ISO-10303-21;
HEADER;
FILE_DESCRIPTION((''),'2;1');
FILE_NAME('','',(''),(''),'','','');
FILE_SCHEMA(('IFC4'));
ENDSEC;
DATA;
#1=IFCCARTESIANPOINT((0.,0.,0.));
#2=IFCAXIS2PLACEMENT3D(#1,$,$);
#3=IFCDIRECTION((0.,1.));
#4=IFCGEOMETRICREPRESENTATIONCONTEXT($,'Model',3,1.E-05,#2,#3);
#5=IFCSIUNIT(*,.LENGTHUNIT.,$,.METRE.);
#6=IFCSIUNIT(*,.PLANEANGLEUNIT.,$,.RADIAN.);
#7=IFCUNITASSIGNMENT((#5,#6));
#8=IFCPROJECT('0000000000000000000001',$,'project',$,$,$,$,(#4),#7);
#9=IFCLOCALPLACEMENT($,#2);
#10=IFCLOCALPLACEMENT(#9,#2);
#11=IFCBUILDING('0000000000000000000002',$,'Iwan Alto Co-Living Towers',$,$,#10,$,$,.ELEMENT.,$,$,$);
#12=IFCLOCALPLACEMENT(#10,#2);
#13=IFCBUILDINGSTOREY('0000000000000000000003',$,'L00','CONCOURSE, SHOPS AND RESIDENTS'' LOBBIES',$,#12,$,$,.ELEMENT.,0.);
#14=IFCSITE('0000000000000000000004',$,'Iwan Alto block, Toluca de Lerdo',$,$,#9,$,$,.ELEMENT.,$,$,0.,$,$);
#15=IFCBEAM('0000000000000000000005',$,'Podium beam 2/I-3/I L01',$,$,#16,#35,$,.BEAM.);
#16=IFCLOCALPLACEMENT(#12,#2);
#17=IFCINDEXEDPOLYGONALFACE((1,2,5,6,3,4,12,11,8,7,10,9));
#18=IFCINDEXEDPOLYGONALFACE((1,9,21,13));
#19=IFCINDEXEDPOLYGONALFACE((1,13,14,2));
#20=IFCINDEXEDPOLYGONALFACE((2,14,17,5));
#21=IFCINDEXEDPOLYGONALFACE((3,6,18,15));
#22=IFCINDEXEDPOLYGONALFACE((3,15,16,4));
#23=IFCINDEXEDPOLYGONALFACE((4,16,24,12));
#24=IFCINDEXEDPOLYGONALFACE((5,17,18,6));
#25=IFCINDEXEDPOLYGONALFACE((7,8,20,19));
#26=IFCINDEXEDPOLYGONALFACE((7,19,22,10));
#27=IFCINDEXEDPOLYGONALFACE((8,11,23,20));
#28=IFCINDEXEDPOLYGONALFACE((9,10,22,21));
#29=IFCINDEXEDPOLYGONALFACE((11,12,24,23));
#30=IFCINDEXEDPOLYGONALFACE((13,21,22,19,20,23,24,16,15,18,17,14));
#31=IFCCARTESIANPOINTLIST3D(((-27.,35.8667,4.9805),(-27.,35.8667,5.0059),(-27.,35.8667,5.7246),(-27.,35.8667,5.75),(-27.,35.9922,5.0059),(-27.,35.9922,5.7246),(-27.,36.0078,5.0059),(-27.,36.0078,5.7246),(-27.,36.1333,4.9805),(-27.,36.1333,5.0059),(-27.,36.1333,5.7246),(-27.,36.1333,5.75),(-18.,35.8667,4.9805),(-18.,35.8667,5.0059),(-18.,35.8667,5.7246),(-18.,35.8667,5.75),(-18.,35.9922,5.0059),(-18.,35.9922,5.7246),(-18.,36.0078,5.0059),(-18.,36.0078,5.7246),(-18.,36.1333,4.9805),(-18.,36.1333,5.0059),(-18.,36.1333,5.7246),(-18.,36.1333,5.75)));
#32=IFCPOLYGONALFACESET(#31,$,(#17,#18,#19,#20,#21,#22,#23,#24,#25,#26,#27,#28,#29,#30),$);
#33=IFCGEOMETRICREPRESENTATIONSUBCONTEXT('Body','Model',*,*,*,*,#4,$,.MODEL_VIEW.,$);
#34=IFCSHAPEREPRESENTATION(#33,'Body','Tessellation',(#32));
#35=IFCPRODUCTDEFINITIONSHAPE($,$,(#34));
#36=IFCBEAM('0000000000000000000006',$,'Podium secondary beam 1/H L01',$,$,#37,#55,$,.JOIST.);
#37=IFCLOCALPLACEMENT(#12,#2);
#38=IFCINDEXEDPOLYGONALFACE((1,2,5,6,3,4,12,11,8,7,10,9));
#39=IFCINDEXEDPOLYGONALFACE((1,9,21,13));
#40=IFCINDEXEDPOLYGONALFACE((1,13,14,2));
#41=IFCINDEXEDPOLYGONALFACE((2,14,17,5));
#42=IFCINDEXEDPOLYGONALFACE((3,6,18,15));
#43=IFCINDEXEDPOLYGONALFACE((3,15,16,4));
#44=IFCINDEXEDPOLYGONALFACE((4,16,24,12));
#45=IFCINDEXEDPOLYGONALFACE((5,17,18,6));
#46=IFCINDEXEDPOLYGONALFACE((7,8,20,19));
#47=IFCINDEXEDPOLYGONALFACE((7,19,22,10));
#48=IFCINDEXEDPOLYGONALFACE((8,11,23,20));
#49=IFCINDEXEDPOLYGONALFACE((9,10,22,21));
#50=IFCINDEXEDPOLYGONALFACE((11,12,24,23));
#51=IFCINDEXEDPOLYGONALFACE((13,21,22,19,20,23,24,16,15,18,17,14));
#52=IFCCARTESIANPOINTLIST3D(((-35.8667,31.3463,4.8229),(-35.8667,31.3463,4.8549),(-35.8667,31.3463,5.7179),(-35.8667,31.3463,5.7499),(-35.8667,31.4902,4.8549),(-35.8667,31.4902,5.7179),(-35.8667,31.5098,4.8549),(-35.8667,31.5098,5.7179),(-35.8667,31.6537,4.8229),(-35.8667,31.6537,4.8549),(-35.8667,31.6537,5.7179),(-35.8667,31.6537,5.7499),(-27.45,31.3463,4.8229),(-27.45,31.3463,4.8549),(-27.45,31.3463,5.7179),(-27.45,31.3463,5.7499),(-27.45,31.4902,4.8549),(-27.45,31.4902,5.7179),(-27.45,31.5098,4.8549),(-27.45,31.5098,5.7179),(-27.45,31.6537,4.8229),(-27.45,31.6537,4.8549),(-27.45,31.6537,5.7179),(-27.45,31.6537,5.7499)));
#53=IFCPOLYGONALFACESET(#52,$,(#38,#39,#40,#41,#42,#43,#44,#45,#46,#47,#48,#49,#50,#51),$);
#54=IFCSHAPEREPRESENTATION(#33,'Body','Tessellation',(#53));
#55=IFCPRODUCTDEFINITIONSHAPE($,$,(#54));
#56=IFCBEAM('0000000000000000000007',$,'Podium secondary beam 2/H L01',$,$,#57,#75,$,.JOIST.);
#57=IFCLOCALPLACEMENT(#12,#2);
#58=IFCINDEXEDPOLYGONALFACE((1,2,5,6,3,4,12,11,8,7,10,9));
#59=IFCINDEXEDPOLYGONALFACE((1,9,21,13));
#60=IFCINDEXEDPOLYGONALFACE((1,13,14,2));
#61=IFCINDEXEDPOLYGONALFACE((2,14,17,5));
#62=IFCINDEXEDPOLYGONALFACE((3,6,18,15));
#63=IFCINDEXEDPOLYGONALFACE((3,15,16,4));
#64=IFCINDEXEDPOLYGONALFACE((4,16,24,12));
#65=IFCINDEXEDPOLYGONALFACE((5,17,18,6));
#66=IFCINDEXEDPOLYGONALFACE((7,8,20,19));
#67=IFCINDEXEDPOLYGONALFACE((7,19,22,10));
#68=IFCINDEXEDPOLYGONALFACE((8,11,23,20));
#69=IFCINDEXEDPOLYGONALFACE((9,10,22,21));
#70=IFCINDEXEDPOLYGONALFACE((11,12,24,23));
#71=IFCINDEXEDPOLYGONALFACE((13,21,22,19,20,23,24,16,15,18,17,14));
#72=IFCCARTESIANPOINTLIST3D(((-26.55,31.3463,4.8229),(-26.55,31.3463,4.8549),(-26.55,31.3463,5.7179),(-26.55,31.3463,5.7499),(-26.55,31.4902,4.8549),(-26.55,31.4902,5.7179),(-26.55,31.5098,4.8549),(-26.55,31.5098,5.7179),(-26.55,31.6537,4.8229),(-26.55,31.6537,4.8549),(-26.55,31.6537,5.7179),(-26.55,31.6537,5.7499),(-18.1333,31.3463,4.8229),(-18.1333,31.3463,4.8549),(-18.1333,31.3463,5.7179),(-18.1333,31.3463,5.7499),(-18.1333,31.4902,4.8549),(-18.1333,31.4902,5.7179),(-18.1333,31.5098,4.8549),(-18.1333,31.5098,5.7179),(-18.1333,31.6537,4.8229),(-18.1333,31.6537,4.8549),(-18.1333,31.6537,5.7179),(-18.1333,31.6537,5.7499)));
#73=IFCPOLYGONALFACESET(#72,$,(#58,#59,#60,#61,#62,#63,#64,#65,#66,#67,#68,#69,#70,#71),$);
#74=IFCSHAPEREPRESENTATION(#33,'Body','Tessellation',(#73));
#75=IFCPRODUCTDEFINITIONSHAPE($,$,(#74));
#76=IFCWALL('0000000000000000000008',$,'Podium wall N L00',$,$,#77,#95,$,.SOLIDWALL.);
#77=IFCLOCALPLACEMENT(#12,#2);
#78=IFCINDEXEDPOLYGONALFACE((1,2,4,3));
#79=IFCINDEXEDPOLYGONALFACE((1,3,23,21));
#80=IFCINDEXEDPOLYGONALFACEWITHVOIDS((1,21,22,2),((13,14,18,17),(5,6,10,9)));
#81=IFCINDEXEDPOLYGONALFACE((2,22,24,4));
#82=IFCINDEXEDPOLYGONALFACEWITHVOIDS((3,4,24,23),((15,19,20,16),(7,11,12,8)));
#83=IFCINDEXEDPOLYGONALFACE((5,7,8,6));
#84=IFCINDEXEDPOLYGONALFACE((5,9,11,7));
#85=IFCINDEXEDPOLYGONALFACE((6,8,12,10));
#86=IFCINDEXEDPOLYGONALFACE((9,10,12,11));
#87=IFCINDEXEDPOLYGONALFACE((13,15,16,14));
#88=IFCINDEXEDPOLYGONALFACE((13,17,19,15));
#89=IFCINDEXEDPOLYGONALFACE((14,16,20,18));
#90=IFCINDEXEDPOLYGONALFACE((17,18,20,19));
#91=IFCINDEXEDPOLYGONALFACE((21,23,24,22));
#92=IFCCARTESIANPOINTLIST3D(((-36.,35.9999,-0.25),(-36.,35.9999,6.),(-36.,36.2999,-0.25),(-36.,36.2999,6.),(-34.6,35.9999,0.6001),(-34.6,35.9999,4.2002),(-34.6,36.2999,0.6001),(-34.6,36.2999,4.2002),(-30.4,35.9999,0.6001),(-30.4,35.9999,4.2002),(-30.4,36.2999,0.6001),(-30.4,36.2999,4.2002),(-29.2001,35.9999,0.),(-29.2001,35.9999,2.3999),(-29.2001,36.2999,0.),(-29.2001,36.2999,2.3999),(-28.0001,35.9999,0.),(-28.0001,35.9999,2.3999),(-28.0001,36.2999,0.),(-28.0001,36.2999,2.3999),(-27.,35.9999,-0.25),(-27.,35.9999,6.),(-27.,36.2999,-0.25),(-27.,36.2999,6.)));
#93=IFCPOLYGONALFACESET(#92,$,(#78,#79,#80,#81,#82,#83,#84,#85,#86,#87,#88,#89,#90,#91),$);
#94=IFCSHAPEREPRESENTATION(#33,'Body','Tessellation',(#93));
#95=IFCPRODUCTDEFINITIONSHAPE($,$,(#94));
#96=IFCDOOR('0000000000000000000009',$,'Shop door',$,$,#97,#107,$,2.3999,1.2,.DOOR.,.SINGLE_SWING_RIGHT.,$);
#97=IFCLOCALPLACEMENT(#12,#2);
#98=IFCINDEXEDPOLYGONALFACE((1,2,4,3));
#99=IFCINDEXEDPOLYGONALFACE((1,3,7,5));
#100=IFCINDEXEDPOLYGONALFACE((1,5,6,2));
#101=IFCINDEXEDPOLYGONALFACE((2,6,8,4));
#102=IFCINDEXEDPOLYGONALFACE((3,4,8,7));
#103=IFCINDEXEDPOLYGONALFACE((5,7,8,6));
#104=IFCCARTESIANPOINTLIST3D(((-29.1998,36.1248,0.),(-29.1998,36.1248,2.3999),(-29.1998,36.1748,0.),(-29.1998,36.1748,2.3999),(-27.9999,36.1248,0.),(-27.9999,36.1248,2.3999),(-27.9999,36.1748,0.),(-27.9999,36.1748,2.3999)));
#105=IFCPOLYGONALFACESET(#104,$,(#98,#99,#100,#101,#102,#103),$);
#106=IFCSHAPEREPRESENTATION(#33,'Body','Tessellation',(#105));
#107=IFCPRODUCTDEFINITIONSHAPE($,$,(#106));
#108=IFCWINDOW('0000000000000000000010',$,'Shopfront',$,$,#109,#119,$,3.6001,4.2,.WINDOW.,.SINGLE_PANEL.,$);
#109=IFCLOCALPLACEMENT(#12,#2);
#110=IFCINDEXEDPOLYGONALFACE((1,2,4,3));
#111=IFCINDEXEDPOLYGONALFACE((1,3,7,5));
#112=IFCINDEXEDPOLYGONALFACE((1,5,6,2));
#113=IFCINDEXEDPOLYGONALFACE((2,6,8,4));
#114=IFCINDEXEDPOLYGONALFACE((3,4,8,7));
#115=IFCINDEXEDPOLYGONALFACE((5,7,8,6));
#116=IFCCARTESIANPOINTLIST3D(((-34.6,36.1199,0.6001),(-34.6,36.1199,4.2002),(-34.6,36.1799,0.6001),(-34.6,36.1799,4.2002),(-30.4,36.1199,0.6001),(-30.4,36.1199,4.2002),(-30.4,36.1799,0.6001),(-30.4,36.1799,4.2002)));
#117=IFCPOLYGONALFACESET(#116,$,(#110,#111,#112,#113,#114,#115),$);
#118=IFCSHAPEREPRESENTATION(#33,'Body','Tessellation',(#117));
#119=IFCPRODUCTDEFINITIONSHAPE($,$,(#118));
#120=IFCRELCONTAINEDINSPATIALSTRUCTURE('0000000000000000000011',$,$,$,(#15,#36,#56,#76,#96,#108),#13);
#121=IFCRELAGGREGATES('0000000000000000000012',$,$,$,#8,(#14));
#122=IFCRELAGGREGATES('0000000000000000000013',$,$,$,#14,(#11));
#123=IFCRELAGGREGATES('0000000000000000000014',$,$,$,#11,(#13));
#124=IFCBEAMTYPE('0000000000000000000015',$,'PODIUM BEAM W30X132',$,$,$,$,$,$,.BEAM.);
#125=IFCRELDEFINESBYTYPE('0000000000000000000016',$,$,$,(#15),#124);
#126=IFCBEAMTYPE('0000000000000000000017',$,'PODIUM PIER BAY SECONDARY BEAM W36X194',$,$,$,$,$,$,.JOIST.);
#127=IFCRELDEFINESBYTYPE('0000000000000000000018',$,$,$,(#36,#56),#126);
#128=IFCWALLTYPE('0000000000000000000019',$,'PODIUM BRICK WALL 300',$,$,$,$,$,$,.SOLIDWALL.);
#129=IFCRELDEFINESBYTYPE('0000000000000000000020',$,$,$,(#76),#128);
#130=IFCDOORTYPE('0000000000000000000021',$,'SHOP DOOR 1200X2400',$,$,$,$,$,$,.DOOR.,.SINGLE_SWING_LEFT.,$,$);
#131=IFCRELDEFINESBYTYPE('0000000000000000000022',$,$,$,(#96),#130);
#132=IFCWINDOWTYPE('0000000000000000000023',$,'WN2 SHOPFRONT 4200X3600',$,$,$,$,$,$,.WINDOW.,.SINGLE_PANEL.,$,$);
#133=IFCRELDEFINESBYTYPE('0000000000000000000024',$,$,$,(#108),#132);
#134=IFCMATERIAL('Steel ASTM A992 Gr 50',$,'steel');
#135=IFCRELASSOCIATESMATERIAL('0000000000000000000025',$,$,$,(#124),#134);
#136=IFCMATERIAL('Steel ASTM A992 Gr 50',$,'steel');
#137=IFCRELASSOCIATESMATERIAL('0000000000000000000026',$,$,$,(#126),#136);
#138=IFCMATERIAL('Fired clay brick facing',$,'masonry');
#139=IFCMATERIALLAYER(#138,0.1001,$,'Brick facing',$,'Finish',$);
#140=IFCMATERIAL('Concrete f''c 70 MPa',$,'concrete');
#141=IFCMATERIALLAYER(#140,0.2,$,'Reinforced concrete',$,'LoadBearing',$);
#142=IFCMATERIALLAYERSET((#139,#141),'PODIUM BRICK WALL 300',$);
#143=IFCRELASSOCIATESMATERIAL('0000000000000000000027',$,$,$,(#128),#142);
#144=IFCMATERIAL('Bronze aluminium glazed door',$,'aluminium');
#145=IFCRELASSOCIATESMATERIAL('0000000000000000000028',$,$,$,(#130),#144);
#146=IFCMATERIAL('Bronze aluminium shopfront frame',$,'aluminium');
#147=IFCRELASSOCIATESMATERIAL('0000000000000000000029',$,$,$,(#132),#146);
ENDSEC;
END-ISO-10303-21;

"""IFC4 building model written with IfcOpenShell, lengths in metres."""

from ifc_helpers import new_model, si_unit, direction, frame, frame_2d, origin, origin_2d, place, context, subcontext, project, spatial, rectangle, i_section, extrude, material, layer, layer_set, material_profile, profile_set, type_object, element, fill, save


model = new_model("IFC4")

# Units and contexts
model_context = context("Model", 3, precision=1e-05, world=origin(), true_north=direction((0.0, 1.0)))
body_context = subcontext(model_context, "Body", "Model", "MODEL_VIEW")
ifc_project = project(units=[si_unit("LENGTHUNIT", "METRE"), si_unit("PLANEANGLEUNIT", "RADIAN")], contexts=[model_context])

# Site, building, storey
site_placement = place(None, origin())
site = spatial("IfcSite", under=ifc_project, at=site_placement, Name="Iwan Alto block, Toluca de Lerdo", CompositionType="ELEMENT", RefElevation=0.0)
building_placement = place(site_placement, origin())
building = spatial("IfcBuilding", under=site, at=building_placement, Name="Iwan Alto Co-Living Towers", CompositionType="ELEMENT")
storey_placement = place(building_placement, origin())
storey = spatial("IfcBuildingStorey", under=building, at=storey_placement, Name="L00", Description="CONCOURSE, SHOPS AND RESIDENTS' LOBBIES", CompositionType="ELEMENT", Elevation=0.0)

# Beams
ifc_material_1 = material(Name="Steel ASTM A992 Gr 50", Category="steel")
ifc_material_profile_1 = material_profile(ifc_material_1, i_section(OverallWidth=0.2666, OverallDepth=0.7695, WebThickness=0.0156, FlangeThickness=0.0254, at=origin_2d()), Name="W30X132")
ifc_profile_set_1 = profile_set([ifc_material_profile_1], Name="Steel ASTM A992 Gr 50")
beam_type_1 = type_object("IfcBeamType", Name="PODIUM BEAM W30X132", PredefinedType="BEAM", material=ifc_profile_set_1)
for number, where, z_axis, x_axis, name in (
    (1, (-27.0, 36.0, 5.3652), (1.0, 0.0, 0.0), (0.0, 1.0, 0.0), "Podium beam 2/I-3/I L01"),
):
    element("IfcBeam", number, at=place(storey_placement, frame(where, z_axis=z_axis, x_axis=x_axis)), inside=storey, type_object=beam_type_1, Name=name, PredefinedType="BEAM", context=body_context, shape_type="SweptSolid", body=[
        extrude(i_section(OverallWidth=0.2666, OverallDepth=0.7695, WebThickness=0.0156, FlangeThickness=0.0254, at=origin_2d()), origin(), (0.0, 0.0, 1.0), 9.0),
    ])
ifc_material_2 = material(Name="Steel ASTM A992 Gr 50", Category="steel")
ifc_material_profile_2 = material_profile(ifc_material_2, i_section(OverallWidth=0.3074, OverallDepth=0.927, WebThickness=0.0195, FlangeThickness=0.032, at=origin_2d()), Name="W36X194")
ifc_profile_set_2 = profile_set([ifc_material_profile_2], Name="Steel ASTM A992 Gr 50")
beam_type_2 = type_object("IfcBeamType", Name="PODIUM PIER BAY SECONDARY BEAM W36X194", PredefinedType="JOIST", material=ifc_profile_set_2)
for number, where, z_axis, x_axis, name in (
    (2, (-35.8667, 31.5, 5.2864), (1.0, 0.0, 0.0), (0.0, 1.0, 0.0), "Podium secondary beam 1/H L01"),
    (3, (-26.55, 31.5, 5.2864), (1.0, 0.0, 0.0), (0.0, 1.0, 0.0), "Podium secondary beam 2/H L01"),
):
    element("IfcBeam", number, at=place(storey_placement, frame(where, z_axis=z_axis, x_axis=x_axis)), inside=storey, type_object=beam_type_2, Name=name, PredefinedType="JOIST", context=body_context, shape_type="SweptSolid", body=[
        extrude(i_section(OverallWidth=0.3074, OverallDepth=0.927, WebThickness=0.0195, FlangeThickness=0.032, at=origin_2d()), origin(), (0.0, 0.0, 1.0), 8.4167),
    ])

# Wall, openings, door, window
ifc_material_3 = material(Name="Fired clay brick facing", Category="masonry")
ifc_layer_1 = layer(ifc_material_3, 0.1001, Name="Brick facing", Category="Finish")
ifc_material_4 = material(Name="Concrete f'c 70 MPa", Category="concrete")
ifc_layer_2 = layer(ifc_material_4, 0.2, Name="Reinforced concrete", Category="LoadBearing")
ifc_layer_set = layer_set([ifc_layer_1, ifc_layer_2], Name="PODIUM BRICK WALL 300")
wall_type = type_object("IfcWallType", Name="PODIUM BRICK WALL 300", PredefinedType="SOLIDWALL", material=ifc_layer_set)
wall_1_placement = place(storey_placement, frame((-27.0, 36.1499, -0.25), z_axis=(0.0, 0.0, 1.0), x_axis=(-1.0, 0.0, 0.0)))
wall_1 = element("IfcWall", 4, at=wall_1_placement, inside=storey, type_object=wall_type, Name="Podium wall N L00", PredefinedType="SOLIDWALL", context=body_context, shape_type="SweptSolid", body=[
    extrude(rectangle(XDim=9.0, YDim=0.3, at=frame_2d((4.5, 0.0))), origin(), (0.0, 0.0, 1.0), 6.25),
])
opening_1_placement = place(wall_1_placement, frame((1.0, 0.0, 0.25)))
opening_1 = element("IfcOpeningElement", 5, at=opening_1_placement, cuts=wall_1, PredefinedType="OPENING", context=body_context, shape_type="SweptSolid", body=[
    extrude(rectangle(XDim=1.2, YDim=2.3999, at=frame_2d((0.6001, 1.2))), frame((0.0, 0.1599, 0.0), z_axis=(0.0, -1.0, 0.0), x_axis=(1.0, 0.0, 0.0)), (0.0, 0.0, 1.0), 0.3201),
])
opening_2_placement = place(wall_1_placement, frame((3.3999, 0.0, 0.8501)))
opening_2 = element("IfcOpeningElement", 6, at=opening_2_placement, cuts=wall_1, PredefinedType="OPENING", context=body_context, shape_type="SweptSolid", body=[
    extrude(rectangle(XDim=4.2, YDim=3.6001, at=frame_2d((2.1001, 1.8))), frame((0.0, 0.1599, 0.0), z_axis=(0.0, -1.0, 0.0), x_axis=(1.0, 0.0, 0.0)), (0.0, 0.0, 1.0), 0.3201),
])
ifc_material_5 = material(Name="Bronze aluminium glazed door", Category="aluminium")
door_type_1 = type_object("IfcDoorType", Name="SHOP DOOR 1200X2400", OperationType="SINGLE_SWING_LEFT", PredefinedType="DOOR", material=ifc_material_5)
door_1_placement = place(opening_1_placement, frame((1.2, 0.0, 0.0), z_axis=(0.0, 0.0, 1.0), x_axis=(-1.0, 0.0, 0.0)))
door_1 = element("IfcDoor", 7, at=door_1_placement, inside=storey, type_object=door_type_1, Name="Shop door", OperationType="SINGLE_SWING_RIGHT", OverallHeight=2.3999, OverallWidth=1.2, PredefinedType="DOOR", context=body_context, shape_type="SweptSolid", body=[
    extrude(rectangle(XDim=1.2, YDim=2.3999, at=frame_2d((0.6001, 1.2))), frame((0.0, 0.0249, 0.0), z_axis=(0.0, -1.0, 0.0), x_axis=(1.0, 0.0, 0.0)), (0.0, 0.0, 1.0), 0.05),
])
fill(opening_1, door_1)
ifc_material_6 = material(Name="Bronze aluminium shopfront frame", Category="aluminium")
window_type = type_object("IfcWindowType", Name="WN2 SHOPFRONT 4200X3600", PartitioningType="SINGLE_PANEL", PredefinedType="WINDOW", material=ifc_material_6)
window_1_placement = place(opening_2_placement, origin())
window_1 = element("IfcWindow", 8, at=window_1_placement, inside=storey, type_object=window_type, Name="Shopfront", OverallHeight=3.6001, OverallWidth=4.2, PartitioningType="SINGLE_PANEL", PredefinedType="WINDOW", context=body_context, shape_type="SweptSolid", body=[
    extrude(rectangle(XDim=4.2, YDim=3.6001, at=frame_2d((2.1001, 1.8))), frame((0.0, 0.03, 0.0), z_axis=(0.0, -1.0, 0.0), x_axis=(1.0, 0.0, 0.0)), (0.0, 0.0, 1.0), 0.0601),
])
fill(opening_2, window_1)

save(model, "model.ifc")
